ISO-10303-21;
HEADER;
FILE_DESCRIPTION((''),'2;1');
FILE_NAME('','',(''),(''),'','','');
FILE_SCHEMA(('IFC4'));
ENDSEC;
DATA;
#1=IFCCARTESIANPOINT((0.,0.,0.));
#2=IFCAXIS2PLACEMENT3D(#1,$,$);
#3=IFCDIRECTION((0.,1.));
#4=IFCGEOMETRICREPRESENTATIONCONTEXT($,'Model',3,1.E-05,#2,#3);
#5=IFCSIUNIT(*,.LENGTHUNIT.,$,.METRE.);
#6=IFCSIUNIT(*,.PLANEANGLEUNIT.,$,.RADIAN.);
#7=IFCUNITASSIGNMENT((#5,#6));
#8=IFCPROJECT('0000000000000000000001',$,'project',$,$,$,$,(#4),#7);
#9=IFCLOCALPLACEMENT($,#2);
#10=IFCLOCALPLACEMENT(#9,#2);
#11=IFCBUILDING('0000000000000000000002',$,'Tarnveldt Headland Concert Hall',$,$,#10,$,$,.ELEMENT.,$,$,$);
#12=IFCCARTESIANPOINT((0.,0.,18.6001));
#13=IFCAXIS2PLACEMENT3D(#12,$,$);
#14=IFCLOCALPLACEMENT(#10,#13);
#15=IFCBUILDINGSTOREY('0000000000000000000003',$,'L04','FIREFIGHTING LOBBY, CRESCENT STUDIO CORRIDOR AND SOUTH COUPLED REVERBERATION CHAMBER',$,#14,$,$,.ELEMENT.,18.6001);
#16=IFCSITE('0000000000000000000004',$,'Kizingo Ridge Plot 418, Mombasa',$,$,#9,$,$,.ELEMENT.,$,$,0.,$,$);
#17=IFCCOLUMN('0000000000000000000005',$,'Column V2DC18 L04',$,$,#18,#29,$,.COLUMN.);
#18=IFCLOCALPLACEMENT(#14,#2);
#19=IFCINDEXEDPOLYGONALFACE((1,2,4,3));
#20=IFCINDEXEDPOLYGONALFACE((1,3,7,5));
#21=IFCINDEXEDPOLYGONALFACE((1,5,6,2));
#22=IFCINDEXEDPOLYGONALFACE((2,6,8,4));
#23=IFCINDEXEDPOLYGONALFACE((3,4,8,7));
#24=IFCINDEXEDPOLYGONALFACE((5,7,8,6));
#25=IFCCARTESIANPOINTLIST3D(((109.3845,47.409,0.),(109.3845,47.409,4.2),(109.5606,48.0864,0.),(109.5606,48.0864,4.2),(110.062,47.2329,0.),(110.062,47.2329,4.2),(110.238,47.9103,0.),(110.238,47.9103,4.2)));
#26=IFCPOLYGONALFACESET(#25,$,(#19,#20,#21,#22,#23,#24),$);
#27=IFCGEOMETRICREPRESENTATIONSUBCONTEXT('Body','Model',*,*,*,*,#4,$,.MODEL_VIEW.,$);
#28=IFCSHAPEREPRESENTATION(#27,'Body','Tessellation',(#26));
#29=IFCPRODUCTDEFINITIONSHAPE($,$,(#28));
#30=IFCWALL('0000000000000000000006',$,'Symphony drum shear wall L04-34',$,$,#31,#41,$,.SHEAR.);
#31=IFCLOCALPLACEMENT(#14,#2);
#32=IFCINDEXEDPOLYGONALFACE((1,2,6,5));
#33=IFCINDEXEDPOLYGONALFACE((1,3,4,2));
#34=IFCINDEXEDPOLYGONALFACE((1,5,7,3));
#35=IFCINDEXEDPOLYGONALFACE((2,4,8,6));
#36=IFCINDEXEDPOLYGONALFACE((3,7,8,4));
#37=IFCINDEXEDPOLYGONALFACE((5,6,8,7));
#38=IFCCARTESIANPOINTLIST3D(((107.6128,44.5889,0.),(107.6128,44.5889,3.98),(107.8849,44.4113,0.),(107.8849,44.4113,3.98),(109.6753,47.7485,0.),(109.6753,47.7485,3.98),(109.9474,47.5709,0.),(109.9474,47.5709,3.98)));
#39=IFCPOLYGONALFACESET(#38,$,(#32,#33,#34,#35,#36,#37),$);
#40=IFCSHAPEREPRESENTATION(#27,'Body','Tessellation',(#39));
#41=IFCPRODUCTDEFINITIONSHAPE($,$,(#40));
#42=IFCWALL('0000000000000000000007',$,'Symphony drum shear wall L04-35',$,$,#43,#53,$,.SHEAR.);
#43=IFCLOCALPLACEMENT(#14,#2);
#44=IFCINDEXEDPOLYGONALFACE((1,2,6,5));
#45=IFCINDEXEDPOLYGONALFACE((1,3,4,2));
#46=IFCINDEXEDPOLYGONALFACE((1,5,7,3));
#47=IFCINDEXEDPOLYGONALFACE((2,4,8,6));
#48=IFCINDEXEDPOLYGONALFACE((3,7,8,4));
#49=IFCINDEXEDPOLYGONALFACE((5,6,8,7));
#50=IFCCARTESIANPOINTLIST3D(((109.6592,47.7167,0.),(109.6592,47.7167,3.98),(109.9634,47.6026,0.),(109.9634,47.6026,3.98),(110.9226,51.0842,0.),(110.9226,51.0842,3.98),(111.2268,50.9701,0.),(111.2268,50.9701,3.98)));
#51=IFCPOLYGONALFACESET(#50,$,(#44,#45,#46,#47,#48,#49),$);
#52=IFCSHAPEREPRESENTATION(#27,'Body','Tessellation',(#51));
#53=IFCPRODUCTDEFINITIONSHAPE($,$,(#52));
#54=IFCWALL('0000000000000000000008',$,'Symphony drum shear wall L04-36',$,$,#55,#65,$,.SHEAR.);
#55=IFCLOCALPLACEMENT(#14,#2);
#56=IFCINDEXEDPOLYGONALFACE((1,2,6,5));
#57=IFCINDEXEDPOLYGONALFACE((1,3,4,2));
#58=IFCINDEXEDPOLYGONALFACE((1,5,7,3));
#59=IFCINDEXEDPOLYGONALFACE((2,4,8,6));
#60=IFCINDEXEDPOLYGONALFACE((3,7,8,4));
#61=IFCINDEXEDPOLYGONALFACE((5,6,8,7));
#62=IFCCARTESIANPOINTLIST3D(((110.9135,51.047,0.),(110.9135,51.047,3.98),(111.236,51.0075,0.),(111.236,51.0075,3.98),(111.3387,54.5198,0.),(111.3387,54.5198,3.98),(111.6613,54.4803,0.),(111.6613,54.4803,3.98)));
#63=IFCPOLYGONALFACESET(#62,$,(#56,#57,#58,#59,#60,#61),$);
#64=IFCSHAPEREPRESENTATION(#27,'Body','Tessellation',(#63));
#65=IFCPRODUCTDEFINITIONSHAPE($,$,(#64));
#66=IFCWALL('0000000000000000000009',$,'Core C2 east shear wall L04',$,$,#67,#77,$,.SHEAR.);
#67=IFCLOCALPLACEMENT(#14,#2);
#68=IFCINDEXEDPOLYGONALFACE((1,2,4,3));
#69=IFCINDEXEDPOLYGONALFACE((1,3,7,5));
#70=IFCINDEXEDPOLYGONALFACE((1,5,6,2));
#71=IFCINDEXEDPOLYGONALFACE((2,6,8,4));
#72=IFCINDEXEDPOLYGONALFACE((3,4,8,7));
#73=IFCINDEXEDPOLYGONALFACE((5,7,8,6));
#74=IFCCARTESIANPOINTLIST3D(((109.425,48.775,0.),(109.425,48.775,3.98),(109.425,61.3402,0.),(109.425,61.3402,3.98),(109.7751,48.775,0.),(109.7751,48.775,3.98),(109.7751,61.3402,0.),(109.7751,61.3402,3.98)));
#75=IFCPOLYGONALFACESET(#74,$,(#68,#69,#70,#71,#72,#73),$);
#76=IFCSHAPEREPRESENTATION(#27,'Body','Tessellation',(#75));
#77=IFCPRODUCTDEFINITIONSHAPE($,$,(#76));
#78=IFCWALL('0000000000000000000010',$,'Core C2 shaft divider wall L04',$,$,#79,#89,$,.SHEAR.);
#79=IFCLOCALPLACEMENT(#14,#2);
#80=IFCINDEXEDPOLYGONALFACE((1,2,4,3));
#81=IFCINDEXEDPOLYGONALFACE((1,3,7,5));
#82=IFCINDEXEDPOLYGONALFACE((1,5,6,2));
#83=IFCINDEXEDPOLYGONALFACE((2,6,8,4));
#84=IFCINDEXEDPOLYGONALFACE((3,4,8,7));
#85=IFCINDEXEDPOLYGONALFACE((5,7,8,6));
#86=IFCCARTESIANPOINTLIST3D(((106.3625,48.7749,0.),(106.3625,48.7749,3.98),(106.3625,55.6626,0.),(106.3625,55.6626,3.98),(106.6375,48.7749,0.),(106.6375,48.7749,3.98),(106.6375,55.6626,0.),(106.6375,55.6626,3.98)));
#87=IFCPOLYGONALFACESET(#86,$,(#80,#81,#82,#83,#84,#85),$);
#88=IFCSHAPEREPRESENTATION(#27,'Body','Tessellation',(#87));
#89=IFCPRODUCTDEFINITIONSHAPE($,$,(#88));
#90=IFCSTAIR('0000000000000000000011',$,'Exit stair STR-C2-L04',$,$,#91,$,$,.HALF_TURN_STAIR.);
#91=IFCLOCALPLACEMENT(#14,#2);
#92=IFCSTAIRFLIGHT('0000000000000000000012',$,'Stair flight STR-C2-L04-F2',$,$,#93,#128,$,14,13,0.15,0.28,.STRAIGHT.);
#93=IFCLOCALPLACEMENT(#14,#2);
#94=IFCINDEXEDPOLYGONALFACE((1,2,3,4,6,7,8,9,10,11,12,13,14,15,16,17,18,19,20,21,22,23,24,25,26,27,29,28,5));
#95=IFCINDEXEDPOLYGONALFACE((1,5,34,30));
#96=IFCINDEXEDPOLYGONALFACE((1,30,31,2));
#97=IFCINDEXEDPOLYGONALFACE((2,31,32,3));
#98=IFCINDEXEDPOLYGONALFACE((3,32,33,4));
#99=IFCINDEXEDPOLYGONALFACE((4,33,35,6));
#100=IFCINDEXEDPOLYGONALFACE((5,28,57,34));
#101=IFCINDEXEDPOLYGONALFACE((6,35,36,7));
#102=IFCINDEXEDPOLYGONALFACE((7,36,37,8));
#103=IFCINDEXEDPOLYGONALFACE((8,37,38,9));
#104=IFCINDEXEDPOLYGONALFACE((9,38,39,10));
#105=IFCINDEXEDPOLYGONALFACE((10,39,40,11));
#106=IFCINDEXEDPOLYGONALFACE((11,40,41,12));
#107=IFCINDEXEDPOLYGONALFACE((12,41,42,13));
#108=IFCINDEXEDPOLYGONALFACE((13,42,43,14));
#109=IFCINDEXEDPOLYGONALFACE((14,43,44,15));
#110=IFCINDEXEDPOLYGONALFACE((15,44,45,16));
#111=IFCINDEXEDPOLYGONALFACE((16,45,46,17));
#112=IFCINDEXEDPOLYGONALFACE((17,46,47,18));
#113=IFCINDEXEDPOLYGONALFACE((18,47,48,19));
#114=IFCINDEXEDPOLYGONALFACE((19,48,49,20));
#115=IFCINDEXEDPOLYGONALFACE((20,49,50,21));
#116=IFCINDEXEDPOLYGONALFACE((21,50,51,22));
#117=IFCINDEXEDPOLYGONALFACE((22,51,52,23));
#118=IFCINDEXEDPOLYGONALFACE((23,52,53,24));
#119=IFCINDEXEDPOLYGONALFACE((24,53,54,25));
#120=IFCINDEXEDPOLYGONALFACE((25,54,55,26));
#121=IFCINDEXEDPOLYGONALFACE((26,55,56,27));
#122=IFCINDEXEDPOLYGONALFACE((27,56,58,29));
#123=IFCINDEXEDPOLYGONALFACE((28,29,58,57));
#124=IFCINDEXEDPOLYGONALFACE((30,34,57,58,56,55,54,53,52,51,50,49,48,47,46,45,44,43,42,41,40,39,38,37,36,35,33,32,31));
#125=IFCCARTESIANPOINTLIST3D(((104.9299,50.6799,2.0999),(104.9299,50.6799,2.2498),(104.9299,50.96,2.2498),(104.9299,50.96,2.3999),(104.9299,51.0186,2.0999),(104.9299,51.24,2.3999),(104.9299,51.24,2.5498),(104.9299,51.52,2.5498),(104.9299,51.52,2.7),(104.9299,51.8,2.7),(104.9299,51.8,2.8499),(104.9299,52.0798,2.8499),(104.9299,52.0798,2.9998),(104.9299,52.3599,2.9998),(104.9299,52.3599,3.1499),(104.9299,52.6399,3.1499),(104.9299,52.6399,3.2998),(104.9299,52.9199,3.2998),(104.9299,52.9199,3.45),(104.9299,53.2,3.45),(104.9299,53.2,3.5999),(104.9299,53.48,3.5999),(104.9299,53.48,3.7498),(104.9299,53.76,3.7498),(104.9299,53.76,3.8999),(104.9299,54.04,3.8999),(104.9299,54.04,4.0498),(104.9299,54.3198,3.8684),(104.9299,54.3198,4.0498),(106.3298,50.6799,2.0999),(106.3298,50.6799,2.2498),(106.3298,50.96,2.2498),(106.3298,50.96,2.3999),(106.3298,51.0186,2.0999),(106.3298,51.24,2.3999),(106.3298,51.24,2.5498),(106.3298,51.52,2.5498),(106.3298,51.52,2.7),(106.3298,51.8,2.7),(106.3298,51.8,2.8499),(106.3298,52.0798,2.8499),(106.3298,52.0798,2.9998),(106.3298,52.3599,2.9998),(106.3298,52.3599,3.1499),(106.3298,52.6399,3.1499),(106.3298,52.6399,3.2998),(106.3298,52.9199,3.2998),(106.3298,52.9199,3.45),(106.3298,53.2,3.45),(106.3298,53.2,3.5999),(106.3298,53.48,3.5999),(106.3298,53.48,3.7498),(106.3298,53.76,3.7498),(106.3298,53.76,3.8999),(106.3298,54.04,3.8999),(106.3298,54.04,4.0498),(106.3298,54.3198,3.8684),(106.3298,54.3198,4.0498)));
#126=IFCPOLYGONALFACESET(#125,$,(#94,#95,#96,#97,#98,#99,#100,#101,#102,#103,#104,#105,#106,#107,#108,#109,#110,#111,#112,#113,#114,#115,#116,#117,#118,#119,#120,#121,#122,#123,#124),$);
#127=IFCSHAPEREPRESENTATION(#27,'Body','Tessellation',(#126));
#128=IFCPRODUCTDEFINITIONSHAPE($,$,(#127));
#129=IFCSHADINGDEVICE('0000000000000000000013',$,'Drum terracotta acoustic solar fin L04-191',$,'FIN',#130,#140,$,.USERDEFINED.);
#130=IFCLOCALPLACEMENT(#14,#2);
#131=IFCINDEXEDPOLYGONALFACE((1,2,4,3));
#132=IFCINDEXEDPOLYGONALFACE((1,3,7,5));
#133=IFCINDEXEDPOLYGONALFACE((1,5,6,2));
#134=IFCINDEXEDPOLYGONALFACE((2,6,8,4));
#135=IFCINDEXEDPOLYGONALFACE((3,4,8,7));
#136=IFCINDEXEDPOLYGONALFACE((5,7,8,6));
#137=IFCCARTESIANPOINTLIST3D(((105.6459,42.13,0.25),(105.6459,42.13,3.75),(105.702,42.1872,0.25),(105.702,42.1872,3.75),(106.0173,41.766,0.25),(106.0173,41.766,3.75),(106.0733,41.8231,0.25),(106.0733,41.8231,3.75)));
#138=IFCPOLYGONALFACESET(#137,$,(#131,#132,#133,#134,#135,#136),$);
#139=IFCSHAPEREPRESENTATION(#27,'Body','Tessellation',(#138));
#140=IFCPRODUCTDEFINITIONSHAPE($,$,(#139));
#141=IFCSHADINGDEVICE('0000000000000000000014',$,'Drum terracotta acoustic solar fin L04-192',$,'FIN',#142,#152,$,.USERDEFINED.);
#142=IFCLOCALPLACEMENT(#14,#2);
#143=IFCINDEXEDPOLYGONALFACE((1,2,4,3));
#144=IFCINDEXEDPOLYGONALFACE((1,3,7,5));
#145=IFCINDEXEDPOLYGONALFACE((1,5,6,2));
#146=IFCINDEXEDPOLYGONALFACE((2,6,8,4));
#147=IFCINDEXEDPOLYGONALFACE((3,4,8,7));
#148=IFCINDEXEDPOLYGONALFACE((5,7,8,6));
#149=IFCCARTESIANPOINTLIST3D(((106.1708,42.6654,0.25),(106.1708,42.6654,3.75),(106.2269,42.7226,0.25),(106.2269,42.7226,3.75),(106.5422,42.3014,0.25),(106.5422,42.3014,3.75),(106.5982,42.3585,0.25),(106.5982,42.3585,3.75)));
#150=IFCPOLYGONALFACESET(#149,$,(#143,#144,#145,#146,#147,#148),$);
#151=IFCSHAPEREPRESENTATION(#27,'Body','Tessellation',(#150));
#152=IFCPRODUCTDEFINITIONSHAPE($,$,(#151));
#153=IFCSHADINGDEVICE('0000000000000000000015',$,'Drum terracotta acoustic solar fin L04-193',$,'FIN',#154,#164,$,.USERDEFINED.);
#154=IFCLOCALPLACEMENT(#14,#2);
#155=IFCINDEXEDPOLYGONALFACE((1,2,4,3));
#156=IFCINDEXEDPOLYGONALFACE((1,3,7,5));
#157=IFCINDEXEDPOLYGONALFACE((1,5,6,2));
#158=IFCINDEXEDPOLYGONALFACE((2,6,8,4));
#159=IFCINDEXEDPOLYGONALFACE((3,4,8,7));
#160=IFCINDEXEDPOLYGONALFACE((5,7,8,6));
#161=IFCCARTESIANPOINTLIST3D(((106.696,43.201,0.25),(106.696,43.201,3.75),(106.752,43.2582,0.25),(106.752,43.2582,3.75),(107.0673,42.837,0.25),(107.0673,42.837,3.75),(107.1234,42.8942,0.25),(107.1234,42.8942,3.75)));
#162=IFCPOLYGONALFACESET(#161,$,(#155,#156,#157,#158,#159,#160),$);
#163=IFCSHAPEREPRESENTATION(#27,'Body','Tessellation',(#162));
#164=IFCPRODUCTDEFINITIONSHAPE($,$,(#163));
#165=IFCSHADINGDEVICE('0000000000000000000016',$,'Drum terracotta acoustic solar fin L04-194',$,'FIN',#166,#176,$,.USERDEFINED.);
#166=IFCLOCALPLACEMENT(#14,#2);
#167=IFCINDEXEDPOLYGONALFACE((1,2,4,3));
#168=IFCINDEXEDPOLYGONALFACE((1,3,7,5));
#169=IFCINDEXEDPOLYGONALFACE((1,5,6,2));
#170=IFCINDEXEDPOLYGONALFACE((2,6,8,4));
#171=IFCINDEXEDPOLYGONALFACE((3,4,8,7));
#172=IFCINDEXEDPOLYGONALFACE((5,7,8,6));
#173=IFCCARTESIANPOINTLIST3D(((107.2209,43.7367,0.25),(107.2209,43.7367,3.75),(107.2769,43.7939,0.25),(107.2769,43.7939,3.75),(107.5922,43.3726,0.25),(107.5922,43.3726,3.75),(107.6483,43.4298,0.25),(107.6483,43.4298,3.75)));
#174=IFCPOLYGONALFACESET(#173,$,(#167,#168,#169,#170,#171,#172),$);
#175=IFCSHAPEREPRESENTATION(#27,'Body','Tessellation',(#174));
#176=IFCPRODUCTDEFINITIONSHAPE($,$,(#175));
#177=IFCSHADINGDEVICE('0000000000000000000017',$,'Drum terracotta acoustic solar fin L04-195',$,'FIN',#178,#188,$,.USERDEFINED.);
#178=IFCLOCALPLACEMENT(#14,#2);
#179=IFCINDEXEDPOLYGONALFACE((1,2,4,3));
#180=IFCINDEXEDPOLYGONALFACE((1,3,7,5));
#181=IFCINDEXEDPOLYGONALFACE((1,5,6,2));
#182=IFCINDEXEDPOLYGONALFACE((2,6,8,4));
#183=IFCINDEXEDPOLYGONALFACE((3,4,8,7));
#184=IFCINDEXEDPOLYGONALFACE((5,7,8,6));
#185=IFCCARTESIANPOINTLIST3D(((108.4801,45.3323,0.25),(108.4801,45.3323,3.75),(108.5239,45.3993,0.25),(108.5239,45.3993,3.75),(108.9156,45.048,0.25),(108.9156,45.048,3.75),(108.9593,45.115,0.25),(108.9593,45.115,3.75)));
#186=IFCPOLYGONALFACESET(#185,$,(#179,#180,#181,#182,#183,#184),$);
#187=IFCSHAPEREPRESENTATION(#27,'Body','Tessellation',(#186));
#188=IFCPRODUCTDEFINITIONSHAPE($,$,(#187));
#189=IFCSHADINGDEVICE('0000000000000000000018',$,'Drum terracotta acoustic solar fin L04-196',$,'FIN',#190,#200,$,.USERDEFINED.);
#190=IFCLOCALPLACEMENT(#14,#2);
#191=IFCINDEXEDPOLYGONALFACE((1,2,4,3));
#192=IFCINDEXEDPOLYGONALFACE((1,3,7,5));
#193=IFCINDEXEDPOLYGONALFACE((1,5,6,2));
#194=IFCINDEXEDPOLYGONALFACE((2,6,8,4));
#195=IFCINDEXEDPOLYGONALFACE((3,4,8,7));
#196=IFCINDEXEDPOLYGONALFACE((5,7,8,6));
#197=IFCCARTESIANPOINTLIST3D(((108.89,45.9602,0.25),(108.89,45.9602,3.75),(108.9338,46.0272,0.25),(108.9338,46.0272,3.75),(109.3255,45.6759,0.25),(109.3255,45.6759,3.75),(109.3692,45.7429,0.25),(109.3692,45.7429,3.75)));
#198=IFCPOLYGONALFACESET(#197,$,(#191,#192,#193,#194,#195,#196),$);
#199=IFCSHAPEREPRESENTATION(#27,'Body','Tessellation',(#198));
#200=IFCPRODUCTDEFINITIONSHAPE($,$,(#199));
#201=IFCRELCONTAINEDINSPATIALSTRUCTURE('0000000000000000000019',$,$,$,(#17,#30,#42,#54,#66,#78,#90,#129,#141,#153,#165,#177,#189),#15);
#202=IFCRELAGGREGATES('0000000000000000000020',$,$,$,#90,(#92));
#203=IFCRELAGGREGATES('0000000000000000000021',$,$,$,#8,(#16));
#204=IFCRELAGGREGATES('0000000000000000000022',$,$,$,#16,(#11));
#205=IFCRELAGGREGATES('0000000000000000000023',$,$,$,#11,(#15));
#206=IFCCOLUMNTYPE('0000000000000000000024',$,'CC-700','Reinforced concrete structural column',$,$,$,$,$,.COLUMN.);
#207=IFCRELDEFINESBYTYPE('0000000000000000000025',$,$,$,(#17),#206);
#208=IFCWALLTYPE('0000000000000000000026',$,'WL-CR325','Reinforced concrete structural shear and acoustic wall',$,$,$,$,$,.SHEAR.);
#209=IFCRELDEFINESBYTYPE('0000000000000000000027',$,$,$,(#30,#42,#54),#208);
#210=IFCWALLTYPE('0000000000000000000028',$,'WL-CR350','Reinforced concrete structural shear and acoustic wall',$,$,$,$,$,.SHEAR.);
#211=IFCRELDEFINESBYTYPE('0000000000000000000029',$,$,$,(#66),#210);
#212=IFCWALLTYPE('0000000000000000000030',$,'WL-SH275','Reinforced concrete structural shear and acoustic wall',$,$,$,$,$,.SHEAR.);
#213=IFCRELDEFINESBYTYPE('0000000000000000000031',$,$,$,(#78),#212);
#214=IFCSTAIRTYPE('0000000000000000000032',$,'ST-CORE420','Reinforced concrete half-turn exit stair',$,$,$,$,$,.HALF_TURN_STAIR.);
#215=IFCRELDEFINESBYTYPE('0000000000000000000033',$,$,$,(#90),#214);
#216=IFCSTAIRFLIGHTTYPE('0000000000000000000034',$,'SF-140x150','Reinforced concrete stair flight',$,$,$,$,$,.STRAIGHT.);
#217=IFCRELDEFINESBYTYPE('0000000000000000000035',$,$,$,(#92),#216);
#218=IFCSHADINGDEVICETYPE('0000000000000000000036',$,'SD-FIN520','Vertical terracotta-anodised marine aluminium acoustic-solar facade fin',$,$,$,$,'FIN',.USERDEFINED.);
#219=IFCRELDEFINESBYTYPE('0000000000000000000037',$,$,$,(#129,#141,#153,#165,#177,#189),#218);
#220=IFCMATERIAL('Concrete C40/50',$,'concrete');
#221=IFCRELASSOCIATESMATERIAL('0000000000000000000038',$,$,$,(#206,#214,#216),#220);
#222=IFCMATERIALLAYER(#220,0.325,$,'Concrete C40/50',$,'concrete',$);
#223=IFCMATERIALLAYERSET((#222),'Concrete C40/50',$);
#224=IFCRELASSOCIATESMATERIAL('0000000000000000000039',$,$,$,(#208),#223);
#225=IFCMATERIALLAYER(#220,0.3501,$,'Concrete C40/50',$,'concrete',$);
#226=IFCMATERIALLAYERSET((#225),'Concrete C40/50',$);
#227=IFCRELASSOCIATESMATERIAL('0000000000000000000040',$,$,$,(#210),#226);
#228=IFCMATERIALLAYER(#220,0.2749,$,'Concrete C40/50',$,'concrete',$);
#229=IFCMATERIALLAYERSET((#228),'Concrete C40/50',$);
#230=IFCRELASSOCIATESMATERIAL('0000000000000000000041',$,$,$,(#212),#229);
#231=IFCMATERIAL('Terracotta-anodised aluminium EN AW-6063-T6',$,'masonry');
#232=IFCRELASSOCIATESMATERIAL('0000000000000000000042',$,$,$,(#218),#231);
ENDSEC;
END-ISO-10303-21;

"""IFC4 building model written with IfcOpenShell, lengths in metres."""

from ifc_helpers import new_model, si_unit, direction, frame, frame_2d, origin, origin_2d, place, context, subcontext, project, spatial, polyline, rectangle, outline, extrude, material, layer, layer_set, material_profile, profile_set, type_object, element, aggregate, save


model = new_model("IFC4")

# Units and contexts
model_context = context("Model", 3, precision=1e-05, world=origin(), true_north=direction((0.0, 1.0)))
body_context = subcontext(model_context, "Body", "Model", "MODEL_VIEW")
ifc_project = project(units=[si_unit("LENGTHUNIT", "METRE"), si_unit("PLANEANGLEUNIT", "RADIAN")], contexts=[model_context])

# Site, building, storey
site_placement = place(None, origin())
site = spatial("IfcSite", under=ifc_project, at=site_placement, Name="Kizingo Ridge Plot 418, Mombasa", CompositionType="ELEMENT", RefElevation=0.0)
building_placement = place(site_placement, origin())
building = spatial("IfcBuilding", under=site, at=building_placement, Name="Tarnveldt Headland Concert Hall", CompositionType="ELEMENT")
storey_placement = place(building_placement, frame((0.0, 0.0, 18.6001)))
storey = spatial("IfcBuildingStorey", under=building, at=storey_placement, Name="L04", Description="FIREFIGHTING LOBBY, CRESCENT STUDIO CORRIDOR AND SOUTH COUPLED REVERBERATION CHAMBER", CompositionType="ELEMENT", Elevation=18.6001)

# Column
ifc_material_1 = material(Name="Concrete C40/50", Category="concrete")
ifc_material_profile = material_profile(ifc_material_1, rectangle(XDim=0.7, YDim=0.7, at=origin_2d()), Name="RC 700x700", Category="concrete")
ifc_profile_set = profile_set([ifc_material_profile], Name="Concrete C40/50")
column_type = type_object("IfcColumnType", Name="CC-700", Description="Reinforced concrete structural column", PredefinedType="COLUMN", material=ifc_profile_set)
column_placement = place(storey_placement, frame((109.8113, 47.6597, 0.0), z_axis=(0.0, 0.0, 1.0), x_axis=(0.967841, -0.251563, 0.0)))
element("IfcColumn", 1, at=column_placement, inside=storey, type_object=column_type, Name="Column V2DC18 L04", PredefinedType="COLUMN", context=body_context, shape_type="SweptSolid", body=[
    extrude(rectangle(XDim=0.7, YDim=0.7, at=origin_2d()), origin(), (0.0, 0.0, 1.0), 4.2),
])

# Walls
ifc_layer_1 = layer(ifc_material_1, 0.325, Name="Concrete C40/50", Category="concrete")
ifc_layer_set_1 = layer_set([ifc_layer_1], Name="Concrete C40/50")
wall_type_1 = type_object("IfcWallType", Name="WL-CR325", Description="Reinforced concrete structural shear and acoustic wall", PredefinedType="SHEAR", material=ifc_layer_set_1)
wall_1_placement = place(storey_placement, frame((107.7488, 44.5, 0.0), z_axis=(0.0, 0.0, 1.0), x_axis=(0.546611, 0.837387, 0.0)))
element("IfcWall", 2, at=wall_1_placement, inside=storey, type_object=wall_type_1, Name="Symphony drum shear wall L04-34", PredefinedType="SHEAR", context=body_context, shape_type="SweptSolid", body=[
    extrude(rectangle(XDim=3.7732, YDim=0.325, at=frame_2d((1.8867, 0.0))), origin(), (0.0, 0.0, 1.0), 3.98),
])
wall_2_placement = place(storey_placement, frame((109.8113, 47.6597, 0.0), z_axis=(0.0, 0.0, 1.0), x_axis=(0.35128, 0.936271, 0.0)))
element("IfcWall", 3, at=wall_2_placement, inside=storey, type_object=wall_type_1, Name="Symphony drum shear wall L04-35", PredefinedType="SHEAR", context=body_context, shape_type="SweptSolid", body=[
    extrude(rectangle(XDim=3.5967, YDim=0.325, at=frame_2d((1.7983, 0.0))), origin(), (0.0, 0.0, 1.0), 3.98),
])
wall_3_placement = place(storey_placement, frame((111.0747, 51.0271, 0.0), z_axis=(0.0, 0.0, 1.0), x_axis=(0.121552, 0.992585, 0.0)))
element("IfcWall", 4, at=wall_3_placement, inside=storey, type_object=wall_type_1, Name="Symphony drum shear wall L04-36", PredefinedType="SHEAR", context=body_context, shape_type="SweptSolid", body=[
    extrude(rectangle(XDim=3.4988, YDim=0.325, at=frame_2d((1.7495, 0.0))), origin(), (0.0, 0.0, 1.0), 3.98),
])
ifc_layer_2 = layer(ifc_material_1, 0.3501, Name="Concrete C40/50", Category="concrete")
ifc_layer_set_2 = layer_set([ifc_layer_2], Name="Concrete C40/50")
wall_type_2 = type_object("IfcWallType", Name="WL-CR350", Description="Reinforced concrete structural shear and acoustic wall", PredefinedType="SHEAR", material=ifc_layer_set_2)
wall_4_placement = place(storey_placement, frame((109.6001, 48.7749, 0.0), z_axis=(0.0, 0.0, 1.0), x_axis=(0.0, 1.0, 0.0)))
element("IfcWall", 5, at=wall_4_placement, inside=storey, type_object=wall_type_2, Name="Core C2 east shear wall L04", PredefinedType="SHEAR", context=body_context, shape_type="SweptSolid", body=[
    extrude(rectangle(XDim=12.5652, YDim=0.3501, at=frame_2d((6.2827, 0.0))), origin(), (0.0, 0.0, 1.0), 3.98),
])
ifc_layer_3 = layer(ifc_material_1, 0.2749, Name="Concrete C40/50", Category="concrete")
ifc_layer_set_3 = layer_set([ifc_layer_3], Name="Concrete C40/50")
wall_type_3 = type_object("IfcWallType", Name="WL-SH275", Description="Reinforced concrete structural shear and acoustic wall", PredefinedType="SHEAR", material=ifc_layer_set_3)
wall_5_placement = place(storey_placement, frame((106.5, 48.7749, 0.0), z_axis=(0.0, 0.0, 1.0), x_axis=(0.0, 1.0, 0.0)))
element("IfcWall", 6, at=wall_5_placement, inside=storey, type_object=wall_type_3, Name="Core C2 shaft divider wall L04", PredefinedType="SHEAR", context=body_context, shape_type="SweptSolid", body=[
    extrude(rectangle(XDim=6.8877, YDim=0.2749, at=frame_2d((3.4438, 0.0))), origin(), (0.0, 0.0, 1.0), 3.98),
])

# Stair, stair flight
stair_type = type_object("IfcStairType", Name="ST-CORE420", Description="Reinforced concrete half-turn exit stair", PredefinedType="HALF_TURN_STAIR", material=ifc_material_1)
stair_placement = place(storey_placement, origin())
stair = element("IfcStair", 7, at=stair_placement, inside=storey, type_object=stair_type, Name="Exit stair STR-C2-L04", PredefinedType="HALF_TURN_STAIR")
stair_flight_type = type_object("IfcStairFlightType", Name="SF-140x150", Description="Reinforced concrete stair flight", PredefinedType="STRAIGHT", material=ifc_material_1)
stair_flight_placement = place(storey_placement, frame((105.6299, 50.6799, 2.0999), z_axis=(0.0, 0.0, 1.0), x_axis=(0.0, 1.0, 0.0)))
stair_flight = element("IfcStairFlight", 8, at=stair_flight_placement, type_object=stair_flight_type, Name="Stair flight STR-C2-L04-F2", NumberOfRisers=14, NumberOfTreads=13, PredefinedType="STRAIGHT", RiserHeight=0.15, TreadLength=0.28, context=body_context, shape_type="SweptSolid", body=[
    extrude(outline(polyline([(0.0, 0.0), (0.0, 0.1499), (0.28, 0.1499), (0.28, 0.3), (0.5601, 0.3), (0.5601, 0.45), (0.8401, 0.45), (0.8401, 0.6001), (1.1201, 0.6001), (1.1201, 0.75), (1.3999, 0.75), (1.3999, 0.8999), (1.6799, 0.8999), (1.6799, 1.05), (1.96, 1.05), (1.96, 1.2), (2.24, 1.2), (2.24, 1.3501), (2.52, 1.3501), (2.52, 1.5), (2.8, 1.5), (2.8, 1.6499), (3.0801, 1.6499), (3.0801, 1.8), (3.3601, 1.8), (3.3601, 1.95), (3.6399, 1.95), (3.6399, 2.1001), (3.6399, 1.7686), (0.3386, 0.0), (0.0, 0.0)])), frame((0.0, 0.7, 0.0), z_axis=(0.0, -1.0, 0.0), x_axis=(1.0, 0.0, 0.0)), (0.0, 0.0, 1.0), 1.3999),
])
aggregate(stair, [stair_flight])

# Shading devices
ifc_material_2 = material(Name="Terracotta-anodised aluminium EN AW-6063-T6", Category="masonry")
shading_device_type = type_object("IfcShadingDeviceType", Name="SD-FIN520", Description="Vertical terracotta-anodised marine aluminium acoustic-solar facade fin", ElementType="FIN", PredefinedType="USERDEFINED", material=ifc_material_2)
for number, where, z_axis, x_axis, name in (
    (9, (105.8596, 41.9766, 0.25), (0.0, 0.0, 1.0), (0.714106, -0.700037, 0.0), "Drum terracotta acoustic solar fin L04-191"),
    (10, (106.3845, 42.512, 0.25), (0.0, 0.0, 1.0), (0.714106, -0.700037, 0.0), "Drum terracotta acoustic solar fin L04-192"),
    (11, (106.9097, 43.0476, 0.25), (0.0, 0.0, 1.0), (0.714106, -0.700037, 0.0), "Drum terracotta acoustic solar fin L04-193"),
    (12, (107.4346, 43.5833, 0.25), (0.0, 0.0, 1.0), (0.714106, -0.700037, 0.0), "Drum terracotta acoustic solar fin L04-194"),
    (13, (108.7197, 45.2236, 0.25), (0.0, 0.0, 1.0), (0.837337, -0.546687, 0.0), "Drum terracotta acoustic solar fin L04-195"),
    (14, (109.1296, 45.8516, 0.25), (0.0, 0.0, 1.0), (0.837337, -0.546687, 0.0), "Drum terracotta acoustic solar fin L04-196"),
):
    element("IfcShadingDevice", number, at=place(storey_placement, frame(where, z_axis=z_axis, x_axis=x_axis)), inside=storey, type_object=shading_device_type, Name=name, ObjectType="FIN", PredefinedType="USERDEFINED", context=body_context, shape_type="SweptSolid", body=[
        extrude(rectangle(XDim=0.52, YDim=0.0801, at=origin_2d()), origin(), (0.0, 0.0, 1.0), 3.5),
    ])

save(model, "model.ifc")
